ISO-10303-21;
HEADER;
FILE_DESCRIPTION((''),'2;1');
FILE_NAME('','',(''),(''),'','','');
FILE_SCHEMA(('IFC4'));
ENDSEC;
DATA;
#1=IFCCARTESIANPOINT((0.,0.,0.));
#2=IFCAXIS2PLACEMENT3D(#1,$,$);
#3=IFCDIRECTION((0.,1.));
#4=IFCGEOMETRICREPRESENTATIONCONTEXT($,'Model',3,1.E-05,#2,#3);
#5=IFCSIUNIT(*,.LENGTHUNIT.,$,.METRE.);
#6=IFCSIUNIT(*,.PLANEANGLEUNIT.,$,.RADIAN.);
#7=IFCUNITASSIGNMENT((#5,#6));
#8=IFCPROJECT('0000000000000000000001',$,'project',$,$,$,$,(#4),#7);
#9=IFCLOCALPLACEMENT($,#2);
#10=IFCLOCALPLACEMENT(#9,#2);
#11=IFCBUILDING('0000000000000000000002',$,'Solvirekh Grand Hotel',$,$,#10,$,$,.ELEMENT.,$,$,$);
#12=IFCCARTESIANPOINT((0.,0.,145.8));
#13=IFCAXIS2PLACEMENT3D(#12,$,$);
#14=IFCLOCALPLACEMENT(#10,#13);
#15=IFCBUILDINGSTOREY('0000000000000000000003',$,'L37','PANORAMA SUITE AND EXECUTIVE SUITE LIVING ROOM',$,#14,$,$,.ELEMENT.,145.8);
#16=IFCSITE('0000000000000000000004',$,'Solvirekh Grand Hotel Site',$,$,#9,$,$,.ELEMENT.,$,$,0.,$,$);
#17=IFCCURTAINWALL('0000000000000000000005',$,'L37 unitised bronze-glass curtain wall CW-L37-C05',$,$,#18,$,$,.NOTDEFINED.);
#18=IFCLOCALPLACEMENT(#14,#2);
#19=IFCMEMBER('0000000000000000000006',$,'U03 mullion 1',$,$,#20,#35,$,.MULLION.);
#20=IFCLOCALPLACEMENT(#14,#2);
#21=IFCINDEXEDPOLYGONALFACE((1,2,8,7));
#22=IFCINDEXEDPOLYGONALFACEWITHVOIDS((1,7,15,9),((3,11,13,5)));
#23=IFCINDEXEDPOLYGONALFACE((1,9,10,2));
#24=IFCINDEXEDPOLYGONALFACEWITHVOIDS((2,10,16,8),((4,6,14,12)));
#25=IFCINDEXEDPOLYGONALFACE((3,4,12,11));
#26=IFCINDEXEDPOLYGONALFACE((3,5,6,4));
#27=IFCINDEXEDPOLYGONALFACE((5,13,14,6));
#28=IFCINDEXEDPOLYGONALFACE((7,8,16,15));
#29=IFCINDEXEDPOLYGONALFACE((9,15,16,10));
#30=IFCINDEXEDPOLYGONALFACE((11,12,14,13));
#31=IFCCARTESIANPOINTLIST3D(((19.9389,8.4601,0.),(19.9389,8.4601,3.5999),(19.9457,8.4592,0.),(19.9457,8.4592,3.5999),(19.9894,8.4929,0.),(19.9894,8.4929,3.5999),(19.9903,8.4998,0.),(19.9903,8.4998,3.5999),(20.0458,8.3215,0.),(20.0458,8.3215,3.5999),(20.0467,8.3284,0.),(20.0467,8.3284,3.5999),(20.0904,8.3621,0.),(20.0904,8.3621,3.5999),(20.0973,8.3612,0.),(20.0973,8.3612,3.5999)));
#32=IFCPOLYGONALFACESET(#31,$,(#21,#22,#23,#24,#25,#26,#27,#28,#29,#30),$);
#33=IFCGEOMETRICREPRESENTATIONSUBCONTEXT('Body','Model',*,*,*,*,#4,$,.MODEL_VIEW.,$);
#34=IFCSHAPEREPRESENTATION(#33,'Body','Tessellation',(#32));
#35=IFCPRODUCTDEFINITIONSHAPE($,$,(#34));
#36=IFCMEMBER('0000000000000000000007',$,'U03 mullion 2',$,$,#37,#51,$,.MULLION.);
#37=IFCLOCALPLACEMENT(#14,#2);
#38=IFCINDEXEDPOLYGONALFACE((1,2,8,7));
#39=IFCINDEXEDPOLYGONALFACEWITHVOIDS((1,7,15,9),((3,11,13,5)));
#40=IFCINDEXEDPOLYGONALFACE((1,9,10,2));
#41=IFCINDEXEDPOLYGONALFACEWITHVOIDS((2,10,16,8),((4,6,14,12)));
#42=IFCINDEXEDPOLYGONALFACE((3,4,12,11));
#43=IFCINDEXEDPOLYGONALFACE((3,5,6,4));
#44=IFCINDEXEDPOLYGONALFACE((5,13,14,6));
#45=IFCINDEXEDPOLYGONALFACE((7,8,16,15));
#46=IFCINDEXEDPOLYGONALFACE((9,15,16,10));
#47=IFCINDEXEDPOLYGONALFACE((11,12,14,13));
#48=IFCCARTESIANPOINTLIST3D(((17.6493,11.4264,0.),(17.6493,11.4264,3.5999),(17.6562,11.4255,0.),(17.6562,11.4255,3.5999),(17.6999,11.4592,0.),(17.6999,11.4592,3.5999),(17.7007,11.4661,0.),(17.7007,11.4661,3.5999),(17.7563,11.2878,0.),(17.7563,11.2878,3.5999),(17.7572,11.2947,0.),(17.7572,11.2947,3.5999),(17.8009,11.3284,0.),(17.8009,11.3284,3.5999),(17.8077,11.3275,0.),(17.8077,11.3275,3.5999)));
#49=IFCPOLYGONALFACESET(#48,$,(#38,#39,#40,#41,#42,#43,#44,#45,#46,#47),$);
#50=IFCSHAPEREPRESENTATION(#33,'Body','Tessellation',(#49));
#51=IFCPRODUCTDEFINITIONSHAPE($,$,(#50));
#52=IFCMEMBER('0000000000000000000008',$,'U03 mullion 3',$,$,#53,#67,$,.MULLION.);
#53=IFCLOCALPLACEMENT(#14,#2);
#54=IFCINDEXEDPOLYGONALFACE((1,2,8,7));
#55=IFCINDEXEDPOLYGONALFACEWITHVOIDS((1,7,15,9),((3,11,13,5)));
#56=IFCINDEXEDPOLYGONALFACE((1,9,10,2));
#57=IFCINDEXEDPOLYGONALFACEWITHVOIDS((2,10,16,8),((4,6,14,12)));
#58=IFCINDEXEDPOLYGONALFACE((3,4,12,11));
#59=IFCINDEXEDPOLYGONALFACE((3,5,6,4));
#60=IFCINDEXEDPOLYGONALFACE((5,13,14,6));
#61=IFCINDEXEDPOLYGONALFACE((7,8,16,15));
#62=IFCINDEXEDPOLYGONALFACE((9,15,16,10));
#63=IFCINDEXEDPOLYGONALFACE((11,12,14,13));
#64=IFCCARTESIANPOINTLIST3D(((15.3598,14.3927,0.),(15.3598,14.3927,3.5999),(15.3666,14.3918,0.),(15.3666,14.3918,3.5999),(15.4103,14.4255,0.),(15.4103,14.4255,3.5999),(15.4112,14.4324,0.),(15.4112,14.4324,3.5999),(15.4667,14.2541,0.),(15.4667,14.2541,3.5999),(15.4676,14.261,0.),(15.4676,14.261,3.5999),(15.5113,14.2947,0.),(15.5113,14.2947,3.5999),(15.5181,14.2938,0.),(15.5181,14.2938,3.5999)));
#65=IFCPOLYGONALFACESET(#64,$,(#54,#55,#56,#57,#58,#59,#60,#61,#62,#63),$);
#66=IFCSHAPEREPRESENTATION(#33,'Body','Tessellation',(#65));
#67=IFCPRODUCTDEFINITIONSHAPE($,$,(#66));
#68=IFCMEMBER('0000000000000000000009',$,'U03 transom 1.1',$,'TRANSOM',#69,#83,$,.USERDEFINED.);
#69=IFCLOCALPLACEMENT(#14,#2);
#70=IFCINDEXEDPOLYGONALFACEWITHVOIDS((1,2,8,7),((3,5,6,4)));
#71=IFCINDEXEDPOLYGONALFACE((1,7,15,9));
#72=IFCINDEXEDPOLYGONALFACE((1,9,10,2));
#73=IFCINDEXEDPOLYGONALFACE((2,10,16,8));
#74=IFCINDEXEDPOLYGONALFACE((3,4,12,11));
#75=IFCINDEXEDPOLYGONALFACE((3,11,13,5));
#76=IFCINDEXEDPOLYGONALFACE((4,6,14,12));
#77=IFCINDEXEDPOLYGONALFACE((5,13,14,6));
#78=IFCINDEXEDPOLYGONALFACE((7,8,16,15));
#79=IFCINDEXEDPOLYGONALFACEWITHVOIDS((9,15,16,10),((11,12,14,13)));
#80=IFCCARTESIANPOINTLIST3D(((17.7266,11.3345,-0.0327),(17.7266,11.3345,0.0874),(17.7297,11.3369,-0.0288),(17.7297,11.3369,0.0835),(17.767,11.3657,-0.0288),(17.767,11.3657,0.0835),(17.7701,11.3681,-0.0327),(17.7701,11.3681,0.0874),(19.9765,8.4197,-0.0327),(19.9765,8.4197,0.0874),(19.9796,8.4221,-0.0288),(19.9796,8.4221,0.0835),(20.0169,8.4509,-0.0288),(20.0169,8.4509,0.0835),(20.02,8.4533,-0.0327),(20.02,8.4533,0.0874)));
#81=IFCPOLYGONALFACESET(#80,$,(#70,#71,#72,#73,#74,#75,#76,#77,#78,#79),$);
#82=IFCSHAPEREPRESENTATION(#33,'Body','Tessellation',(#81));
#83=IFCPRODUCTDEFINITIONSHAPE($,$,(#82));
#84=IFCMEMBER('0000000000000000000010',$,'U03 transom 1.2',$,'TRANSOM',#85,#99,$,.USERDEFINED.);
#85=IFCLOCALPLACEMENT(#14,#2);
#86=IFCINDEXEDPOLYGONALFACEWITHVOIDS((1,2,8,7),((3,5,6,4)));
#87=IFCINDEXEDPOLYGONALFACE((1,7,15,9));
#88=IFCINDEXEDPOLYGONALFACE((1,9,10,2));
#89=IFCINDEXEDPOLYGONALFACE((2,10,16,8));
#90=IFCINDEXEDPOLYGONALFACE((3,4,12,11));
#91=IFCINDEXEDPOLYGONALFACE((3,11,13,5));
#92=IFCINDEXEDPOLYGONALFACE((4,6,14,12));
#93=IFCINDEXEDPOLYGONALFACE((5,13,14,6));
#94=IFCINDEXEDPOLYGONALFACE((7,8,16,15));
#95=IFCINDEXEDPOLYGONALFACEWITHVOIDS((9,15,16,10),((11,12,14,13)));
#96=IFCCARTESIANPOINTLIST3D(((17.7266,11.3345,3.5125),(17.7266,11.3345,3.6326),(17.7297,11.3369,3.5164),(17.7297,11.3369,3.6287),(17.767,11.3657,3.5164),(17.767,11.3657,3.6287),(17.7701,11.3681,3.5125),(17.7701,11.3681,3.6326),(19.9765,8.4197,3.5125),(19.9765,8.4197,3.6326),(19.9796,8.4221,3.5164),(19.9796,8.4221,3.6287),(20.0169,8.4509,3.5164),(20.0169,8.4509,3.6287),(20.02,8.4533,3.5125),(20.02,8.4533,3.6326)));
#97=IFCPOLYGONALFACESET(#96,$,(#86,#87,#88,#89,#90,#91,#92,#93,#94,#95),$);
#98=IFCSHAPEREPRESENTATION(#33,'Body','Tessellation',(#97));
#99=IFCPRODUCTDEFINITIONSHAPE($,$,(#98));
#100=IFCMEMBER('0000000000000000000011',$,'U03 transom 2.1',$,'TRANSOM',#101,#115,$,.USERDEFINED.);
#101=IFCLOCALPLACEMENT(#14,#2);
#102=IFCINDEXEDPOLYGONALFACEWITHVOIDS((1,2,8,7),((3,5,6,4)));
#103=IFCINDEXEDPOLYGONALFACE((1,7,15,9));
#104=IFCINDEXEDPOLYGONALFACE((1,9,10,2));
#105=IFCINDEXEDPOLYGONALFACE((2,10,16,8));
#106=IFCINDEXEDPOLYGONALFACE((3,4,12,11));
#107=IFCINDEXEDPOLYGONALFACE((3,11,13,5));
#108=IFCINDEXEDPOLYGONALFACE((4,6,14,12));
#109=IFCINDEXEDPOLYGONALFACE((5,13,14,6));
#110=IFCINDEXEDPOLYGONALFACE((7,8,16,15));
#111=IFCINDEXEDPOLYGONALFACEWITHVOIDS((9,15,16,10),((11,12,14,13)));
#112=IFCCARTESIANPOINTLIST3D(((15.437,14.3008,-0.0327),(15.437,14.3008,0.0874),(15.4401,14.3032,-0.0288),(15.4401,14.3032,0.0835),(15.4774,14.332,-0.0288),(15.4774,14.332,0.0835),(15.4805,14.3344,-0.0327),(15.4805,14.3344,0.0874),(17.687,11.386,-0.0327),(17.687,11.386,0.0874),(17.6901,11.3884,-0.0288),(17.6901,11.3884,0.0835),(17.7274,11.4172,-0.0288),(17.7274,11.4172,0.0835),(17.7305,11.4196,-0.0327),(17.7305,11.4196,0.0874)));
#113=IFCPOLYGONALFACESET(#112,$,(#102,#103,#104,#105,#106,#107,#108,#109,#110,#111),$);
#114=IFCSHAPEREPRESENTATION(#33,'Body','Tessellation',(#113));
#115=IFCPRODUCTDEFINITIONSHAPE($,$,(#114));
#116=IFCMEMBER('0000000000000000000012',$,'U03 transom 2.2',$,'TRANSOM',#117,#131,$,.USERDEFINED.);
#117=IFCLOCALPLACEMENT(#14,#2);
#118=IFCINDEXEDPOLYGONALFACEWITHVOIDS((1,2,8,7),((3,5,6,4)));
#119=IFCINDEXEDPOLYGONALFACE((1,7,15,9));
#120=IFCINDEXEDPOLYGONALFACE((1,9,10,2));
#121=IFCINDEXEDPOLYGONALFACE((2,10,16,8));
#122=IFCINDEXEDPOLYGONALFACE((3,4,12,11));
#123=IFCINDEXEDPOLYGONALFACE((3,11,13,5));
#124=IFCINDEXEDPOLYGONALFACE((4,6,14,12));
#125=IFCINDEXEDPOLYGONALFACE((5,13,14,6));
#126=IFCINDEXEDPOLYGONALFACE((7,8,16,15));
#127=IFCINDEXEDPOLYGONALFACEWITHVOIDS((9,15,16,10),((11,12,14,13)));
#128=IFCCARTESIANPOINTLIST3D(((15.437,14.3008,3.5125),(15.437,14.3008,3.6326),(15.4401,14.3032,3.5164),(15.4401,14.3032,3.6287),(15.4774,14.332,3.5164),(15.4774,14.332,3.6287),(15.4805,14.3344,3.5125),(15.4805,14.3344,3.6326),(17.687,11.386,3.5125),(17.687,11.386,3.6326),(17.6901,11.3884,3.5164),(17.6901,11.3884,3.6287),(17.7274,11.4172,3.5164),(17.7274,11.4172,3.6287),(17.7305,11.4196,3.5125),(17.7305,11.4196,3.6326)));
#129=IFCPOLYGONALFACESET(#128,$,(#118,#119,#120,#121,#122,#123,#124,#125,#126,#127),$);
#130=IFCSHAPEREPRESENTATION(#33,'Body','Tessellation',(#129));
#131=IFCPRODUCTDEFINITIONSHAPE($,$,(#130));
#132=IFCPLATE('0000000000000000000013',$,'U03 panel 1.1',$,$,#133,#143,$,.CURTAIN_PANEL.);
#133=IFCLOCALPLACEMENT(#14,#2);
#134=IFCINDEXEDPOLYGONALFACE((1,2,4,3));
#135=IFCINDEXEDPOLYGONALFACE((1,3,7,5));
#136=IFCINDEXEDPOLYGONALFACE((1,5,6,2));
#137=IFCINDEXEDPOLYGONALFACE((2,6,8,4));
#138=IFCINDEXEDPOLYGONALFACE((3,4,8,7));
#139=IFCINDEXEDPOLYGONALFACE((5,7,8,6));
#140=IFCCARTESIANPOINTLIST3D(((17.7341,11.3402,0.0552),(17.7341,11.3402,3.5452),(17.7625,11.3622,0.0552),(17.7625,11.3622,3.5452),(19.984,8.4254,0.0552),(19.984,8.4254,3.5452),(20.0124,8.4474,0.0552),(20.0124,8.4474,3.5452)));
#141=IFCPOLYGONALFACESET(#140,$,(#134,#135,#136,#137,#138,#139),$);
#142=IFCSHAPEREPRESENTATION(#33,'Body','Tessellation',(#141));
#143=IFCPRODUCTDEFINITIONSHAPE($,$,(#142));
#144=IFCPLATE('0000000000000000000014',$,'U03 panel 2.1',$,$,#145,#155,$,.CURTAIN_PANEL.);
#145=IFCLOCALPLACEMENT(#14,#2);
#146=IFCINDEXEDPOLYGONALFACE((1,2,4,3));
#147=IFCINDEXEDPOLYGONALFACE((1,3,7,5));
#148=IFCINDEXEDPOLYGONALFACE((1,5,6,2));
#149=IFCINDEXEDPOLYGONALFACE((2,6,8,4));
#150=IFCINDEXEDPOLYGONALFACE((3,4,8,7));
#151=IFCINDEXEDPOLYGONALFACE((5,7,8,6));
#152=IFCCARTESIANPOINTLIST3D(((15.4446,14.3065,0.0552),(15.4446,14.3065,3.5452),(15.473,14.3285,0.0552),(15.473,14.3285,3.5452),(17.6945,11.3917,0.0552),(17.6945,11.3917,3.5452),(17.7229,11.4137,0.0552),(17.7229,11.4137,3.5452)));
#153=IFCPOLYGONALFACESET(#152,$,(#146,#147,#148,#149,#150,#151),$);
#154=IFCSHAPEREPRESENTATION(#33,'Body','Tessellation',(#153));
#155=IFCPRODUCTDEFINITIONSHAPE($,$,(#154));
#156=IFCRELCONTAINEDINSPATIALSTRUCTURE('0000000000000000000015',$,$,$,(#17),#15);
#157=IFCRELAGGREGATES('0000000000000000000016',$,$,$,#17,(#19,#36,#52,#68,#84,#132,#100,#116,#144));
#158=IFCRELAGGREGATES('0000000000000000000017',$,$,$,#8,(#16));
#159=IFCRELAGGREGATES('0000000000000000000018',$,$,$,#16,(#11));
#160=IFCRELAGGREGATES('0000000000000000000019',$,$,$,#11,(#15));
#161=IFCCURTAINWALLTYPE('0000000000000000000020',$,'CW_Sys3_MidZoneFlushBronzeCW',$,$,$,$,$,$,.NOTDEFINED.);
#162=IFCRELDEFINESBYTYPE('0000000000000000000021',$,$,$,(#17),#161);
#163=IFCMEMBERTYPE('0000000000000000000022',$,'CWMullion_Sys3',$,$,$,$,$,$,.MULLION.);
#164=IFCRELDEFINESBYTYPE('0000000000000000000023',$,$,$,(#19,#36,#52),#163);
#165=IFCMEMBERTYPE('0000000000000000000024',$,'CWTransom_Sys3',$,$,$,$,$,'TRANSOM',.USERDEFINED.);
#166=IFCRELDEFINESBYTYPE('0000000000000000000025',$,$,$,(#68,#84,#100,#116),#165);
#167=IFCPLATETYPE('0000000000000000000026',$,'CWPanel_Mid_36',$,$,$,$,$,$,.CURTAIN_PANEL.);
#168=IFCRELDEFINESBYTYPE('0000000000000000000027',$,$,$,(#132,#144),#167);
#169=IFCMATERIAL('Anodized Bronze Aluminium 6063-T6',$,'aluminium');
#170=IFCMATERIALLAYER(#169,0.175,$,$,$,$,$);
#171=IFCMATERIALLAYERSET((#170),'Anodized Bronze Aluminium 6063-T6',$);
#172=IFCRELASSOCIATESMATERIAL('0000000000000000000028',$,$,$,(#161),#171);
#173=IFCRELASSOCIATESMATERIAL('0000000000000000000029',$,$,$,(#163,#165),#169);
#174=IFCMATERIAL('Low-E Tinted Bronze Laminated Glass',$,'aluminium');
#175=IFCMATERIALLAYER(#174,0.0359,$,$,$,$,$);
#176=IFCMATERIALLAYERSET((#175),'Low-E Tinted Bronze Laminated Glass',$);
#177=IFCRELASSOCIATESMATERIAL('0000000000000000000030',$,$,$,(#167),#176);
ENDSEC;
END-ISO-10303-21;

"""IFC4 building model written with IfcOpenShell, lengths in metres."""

from ifc_helpers import new_model, si_unit, direction, frame, origin, origin_2d, place, context, subcontext, project, spatial, rectangle, hollow_rectangle, extrude, source, transform, mapped, material, layer, layer_set, material_profile, profile_set, type_object, element, aggregate, save


model = new_model("IFC4")

# Units and contexts
model_context = context("Model", 3, precision=1e-05, world=origin(), true_north=direction((0.0, 1.0)))
body_context = subcontext(model_context, "Body", "Model", "MODEL_VIEW")
ifc_project = project(units=[si_unit("LENGTHUNIT", "METRE"), si_unit("PLANEANGLEUNIT", "RADIAN")], contexts=[model_context])

# Site, building, storey
site_placement = place(None, origin())
site = spatial("IfcSite", under=ifc_project, at=site_placement, Name="Solvirekh Grand Hotel Site", CompositionType="ELEMENT", RefElevation=0.0)
building_placement = place(site_placement, origin())
building = spatial("IfcBuilding", under=site, at=building_placement, Name="Solvirekh Grand Hotel", CompositionType="ELEMENT")
storey_placement = place(building_placement, frame((0.0, 0.0, 145.8)))
storey = spatial("IfcBuildingStorey", under=building, at=storey_placement, Name="L37", Description="PANORAMA SUITE AND EXECUTIVE SUITE LIVING ROOM", CompositionType="ELEMENT", Elevation=145.8)

# Curtain wall, members, plates
ifc_material_1 = material(Name="Anodized Bronze Aluminium 6063-T6", Category="aluminium")
ifc_layer_1 = layer(ifc_material_1, 0.175)
ifc_layer_set_1 = layer_set([ifc_layer_1], Name="Anodized Bronze Aluminium 6063-T6")
curtain_wall_type = type_object("IfcCurtainWallType", Name="CW_Sys3_MidZoneFlushBronzeCW", PredefinedType="NOTDEFINED", material=ifc_layer_set_1)
curtain_wall_placement = place(storey_placement, origin())
curtain_wall = element("IfcCurtainWall", 1, at=curtain_wall_placement, inside=storey, type_object=curtain_wall_type, Name="L37 unitised bronze-glass curtain wall CW-L37-C05", PredefinedType="NOTDEFINED")
ifc_material_profile_1 = material_profile(ifc_material_1, hollow_rectangle(XDim=0.0649, YDim=0.175, WallThickness=0.0049, at=origin_2d()), Name="ALU RHS 175X65X5")
ifc_profile_set_1 = profile_set([ifc_material_profile_1], Name="Anodized Bronze Aluminium 6063-T6")
member_type_1 = type_object("IfcMemberType", Name="CWMullion_Sys3", PredefinedType="MULLION", material=ifc_profile_set_1)
shared_shape_1 = source(origin(), body_context, "Body", "SweptSolid", [
    extrude(hollow_rectangle(XDim=0.0649, YDim=0.175, WallThickness=0.0049, at=origin_2d()), origin(), (0.0, 0.0, 1.0), 3.5999),
])
member_1_placement = place(storey_placement, frame((20.0181, 8.4106, 0.0), z_axis=(0.0, 0.0, 1.0), x_axis=(-0.791605, -0.611033, 0.0)))
member_1 = element("IfcMember", 2, at=member_1_placement, type_object=member_type_1, Name="U03 mullion 1", PredefinedType="MULLION", context=body_context, shape_type="MappedRepresentation", body=[
    mapped(shared_shape_1, transform((0.0, 0.0, 0.0), x_axis=(1.0, 0.0, 0.0), y_axis=(0.0, 1.0, 0.0), z_axis=(0.0, 0.0, 1.0), scale=1.0)),
])
member_2_placement = place(storey_placement, frame((17.7285, 11.377, 0.0), z_axis=(0.0, 0.0, 1.0), x_axis=(-0.791605, -0.611033, 0.0)))
member_2 = element("IfcMember", 3, at=member_2_placement, type_object=member_type_1, Name="U03 mullion 2", PredefinedType="MULLION", context=body_context, shape_type="MappedRepresentation", body=[
    mapped(shared_shape_1, transform((0.0, 0.0, 0.0), x_axis=(1.0, 0.0, 0.0), y_axis=(0.0, 1.0, 0.0), z_axis=(0.0, 0.0, 1.0), scale=1.0)),
])
member_3_placement = place(storey_placement, frame((15.439, 14.3433, 0.0), z_axis=(0.0, 0.0, 1.0), x_axis=(-0.791605, -0.611033, 0.0)))
member_3 = element("IfcMember", 4, at=member_3_placement, type_object=member_type_1, Name="U03 mullion 3", PredefinedType="MULLION", context=body_context, shape_type="MappedRepresentation", body=[
    mapped(shared_shape_1, transform((0.0, 0.0, 0.0), x_axis=(1.0, 0.0, 0.0), y_axis=(0.0, 1.0, 0.0), z_axis=(0.0, 0.0, 1.0), scale=1.0)),
])
ifc_material_profile_2 = material_profile(ifc_material_1, hollow_rectangle(XDim=0.0549, YDim=0.1201, WallThickness=0.0039, at=origin_2d()), Name="ALU RHS 120X55X4")
ifc_profile_set_2 = profile_set([ifc_material_profile_2], Name="Anodized Bronze Aluminium 6063-T6")
member_type_2 = type_object("IfcMemberType", Name="CWTransom_Sys3", ElementType="TRANSOM", PredefinedType="USERDEFINED", material=ifc_profile_set_2)
shared_shape_2 = source(origin(), body_context, "Body", "SweptSolid", [
    extrude(hollow_rectangle(XDim=0.0549, YDim=0.1201, WallThickness=0.0039, at=origin_2d()), origin(), (0.0, 0.0, 1.0), 3.6821),
])
member_4_placement = place(storey_placement, frame((19.9983, 8.4365, 0.0273), z_axis=(-0.611049, 0.791593, 0.0), x_axis=(-0.791593, -0.611049, 0.0)))
member_4 = element("IfcMember", 5, at=member_4_placement, type_object=member_type_2, Name="U03 transom 1.1", ObjectType="TRANSOM", PredefinedType="USERDEFINED", context=body_context, shape_type="MappedRepresentation", body=[
    mapped(shared_shape_2, transform((0.0, 0.0, 0.0), x_axis=(1.0, 0.0, 0.0), y_axis=(0.0, 1.0, 0.0), z_axis=(0.0, 0.0, 1.0), scale=1.0)),
])
member_5_placement = place(storey_placement, frame((19.9983, 8.4365, 3.5725), z_axis=(-0.611049, 0.791593, 0.0), x_axis=(-0.791593, -0.611049, 0.0)))
member_5 = element("IfcMember", 6, at=member_5_placement, type_object=member_type_2, Name="U03 transom 1.2", ObjectType="TRANSOM", PredefinedType="USERDEFINED", context=body_context, shape_type="MappedRepresentation", body=[
    mapped(shared_shape_2, transform((0.0, 0.0, 0.0), x_axis=(1.0, 0.0, 0.0), y_axis=(0.0, 1.0, 0.0), z_axis=(0.0, 0.0, 1.0), scale=1.0)),
])
member_6_placement = place(storey_placement, frame((17.7087, 11.4028, 0.0273), z_axis=(-0.611049, 0.791593, 0.0), x_axis=(-0.791593, -0.611049, 0.0)))
member_6 = element("IfcMember", 7, at=member_6_placement, type_object=member_type_2, Name="U03 transom 2.1", ObjectType="TRANSOM", PredefinedType="USERDEFINED", context=body_context, shape_type="MappedRepresentation", body=[
    mapped(shared_shape_2, transform((0.0, 0.0, 0.0), x_axis=(1.0, 0.0, 0.0), y_axis=(0.0, 1.0, 0.0), z_axis=(0.0, 0.0, 1.0), scale=1.0)),
])
member_7_placement = place(storey_placement, frame((17.7087, 11.4028, 3.5725), z_axis=(-0.611049, 0.791593, 0.0), x_axis=(-0.791593, -0.611049, 0.0)))
member_7 = element("IfcMember", 8, at=member_7_placement, type_object=member_type_2, Name="U03 transom 2.2", ObjectType="TRANSOM", PredefinedType="USERDEFINED", context=body_context, shape_type="MappedRepresentation", body=[
    mapped(shared_shape_2, transform((0.0, 0.0, 0.0), x_axis=(1.0, 0.0, 0.0), y_axis=(0.0, 1.0, 0.0), z_axis=(0.0, 0.0, 1.0), scale=1.0)),
])
ifc_material_2 = material(Name="Low-E Tinted Bronze Laminated Glass", Category="aluminium")
ifc_layer_2 = layer(ifc_material_2, 0.0359)
ifc_layer_set_2 = layer_set([ifc_layer_2], Name="Low-E Tinted Bronze Laminated Glass")
plate_type = type_object("IfcPlateType", Name="CWPanel_Mid_36", PredefinedType="CURTAIN_PANEL", material=ifc_layer_set_2)
shared_shape_3 = source(origin(), body_context, "Body", "SweptSolid", [
    extrude(rectangle(XDim=3.6821, YDim=0.0359, at=origin_2d()), origin(), (0.0, 0.0, 1.0), 3.49),
])
plate_1_placement = place(storey_placement, frame((18.8733, 9.8938, 0.0552), z_axis=(0.0, 0.0, 1.0), x_axis=(-0.611033, 0.791605, 0.0)))
plate_1 = element("IfcPlate", 9, at=plate_1_placement, type_object=plate_type, Name="U03 panel 1.1", PredefinedType="CURTAIN_PANEL", context=body_context, shape_type="MappedRepresentation", body=[
    mapped(shared_shape_3, transform((0.0, 0.0, 0.0), x_axis=(1.0, 0.0, 0.0), y_axis=(0.0, 1.0, 0.0), z_axis=(0.0, 0.0, 1.0), scale=1.0)),
])
plate_2_placement = place(storey_placement, frame((16.5837, 12.8601, 0.0552), z_axis=(0.0, 0.0, 1.0), x_axis=(-0.611033, 0.791605, 0.0)))
plate_2 = element("IfcPlate", 10, at=plate_2_placement, type_object=plate_type, Name="U03 panel 2.1", PredefinedType="CURTAIN_PANEL", context=body_context, shape_type="MappedRepresentation", body=[
    mapped(shared_shape_3, transform((0.0, 0.0, 0.0), x_axis=(1.0, 0.0, 0.0), y_axis=(0.0, 1.0, 0.0), z_axis=(0.0, 0.0, 1.0), scale=1.0)),
])
aggregate(curtain_wall, [member_1, member_2, member_3, member_4, member_5, plate_1, member_6, member_7, plate_2])

save(model, "model.ifc")
